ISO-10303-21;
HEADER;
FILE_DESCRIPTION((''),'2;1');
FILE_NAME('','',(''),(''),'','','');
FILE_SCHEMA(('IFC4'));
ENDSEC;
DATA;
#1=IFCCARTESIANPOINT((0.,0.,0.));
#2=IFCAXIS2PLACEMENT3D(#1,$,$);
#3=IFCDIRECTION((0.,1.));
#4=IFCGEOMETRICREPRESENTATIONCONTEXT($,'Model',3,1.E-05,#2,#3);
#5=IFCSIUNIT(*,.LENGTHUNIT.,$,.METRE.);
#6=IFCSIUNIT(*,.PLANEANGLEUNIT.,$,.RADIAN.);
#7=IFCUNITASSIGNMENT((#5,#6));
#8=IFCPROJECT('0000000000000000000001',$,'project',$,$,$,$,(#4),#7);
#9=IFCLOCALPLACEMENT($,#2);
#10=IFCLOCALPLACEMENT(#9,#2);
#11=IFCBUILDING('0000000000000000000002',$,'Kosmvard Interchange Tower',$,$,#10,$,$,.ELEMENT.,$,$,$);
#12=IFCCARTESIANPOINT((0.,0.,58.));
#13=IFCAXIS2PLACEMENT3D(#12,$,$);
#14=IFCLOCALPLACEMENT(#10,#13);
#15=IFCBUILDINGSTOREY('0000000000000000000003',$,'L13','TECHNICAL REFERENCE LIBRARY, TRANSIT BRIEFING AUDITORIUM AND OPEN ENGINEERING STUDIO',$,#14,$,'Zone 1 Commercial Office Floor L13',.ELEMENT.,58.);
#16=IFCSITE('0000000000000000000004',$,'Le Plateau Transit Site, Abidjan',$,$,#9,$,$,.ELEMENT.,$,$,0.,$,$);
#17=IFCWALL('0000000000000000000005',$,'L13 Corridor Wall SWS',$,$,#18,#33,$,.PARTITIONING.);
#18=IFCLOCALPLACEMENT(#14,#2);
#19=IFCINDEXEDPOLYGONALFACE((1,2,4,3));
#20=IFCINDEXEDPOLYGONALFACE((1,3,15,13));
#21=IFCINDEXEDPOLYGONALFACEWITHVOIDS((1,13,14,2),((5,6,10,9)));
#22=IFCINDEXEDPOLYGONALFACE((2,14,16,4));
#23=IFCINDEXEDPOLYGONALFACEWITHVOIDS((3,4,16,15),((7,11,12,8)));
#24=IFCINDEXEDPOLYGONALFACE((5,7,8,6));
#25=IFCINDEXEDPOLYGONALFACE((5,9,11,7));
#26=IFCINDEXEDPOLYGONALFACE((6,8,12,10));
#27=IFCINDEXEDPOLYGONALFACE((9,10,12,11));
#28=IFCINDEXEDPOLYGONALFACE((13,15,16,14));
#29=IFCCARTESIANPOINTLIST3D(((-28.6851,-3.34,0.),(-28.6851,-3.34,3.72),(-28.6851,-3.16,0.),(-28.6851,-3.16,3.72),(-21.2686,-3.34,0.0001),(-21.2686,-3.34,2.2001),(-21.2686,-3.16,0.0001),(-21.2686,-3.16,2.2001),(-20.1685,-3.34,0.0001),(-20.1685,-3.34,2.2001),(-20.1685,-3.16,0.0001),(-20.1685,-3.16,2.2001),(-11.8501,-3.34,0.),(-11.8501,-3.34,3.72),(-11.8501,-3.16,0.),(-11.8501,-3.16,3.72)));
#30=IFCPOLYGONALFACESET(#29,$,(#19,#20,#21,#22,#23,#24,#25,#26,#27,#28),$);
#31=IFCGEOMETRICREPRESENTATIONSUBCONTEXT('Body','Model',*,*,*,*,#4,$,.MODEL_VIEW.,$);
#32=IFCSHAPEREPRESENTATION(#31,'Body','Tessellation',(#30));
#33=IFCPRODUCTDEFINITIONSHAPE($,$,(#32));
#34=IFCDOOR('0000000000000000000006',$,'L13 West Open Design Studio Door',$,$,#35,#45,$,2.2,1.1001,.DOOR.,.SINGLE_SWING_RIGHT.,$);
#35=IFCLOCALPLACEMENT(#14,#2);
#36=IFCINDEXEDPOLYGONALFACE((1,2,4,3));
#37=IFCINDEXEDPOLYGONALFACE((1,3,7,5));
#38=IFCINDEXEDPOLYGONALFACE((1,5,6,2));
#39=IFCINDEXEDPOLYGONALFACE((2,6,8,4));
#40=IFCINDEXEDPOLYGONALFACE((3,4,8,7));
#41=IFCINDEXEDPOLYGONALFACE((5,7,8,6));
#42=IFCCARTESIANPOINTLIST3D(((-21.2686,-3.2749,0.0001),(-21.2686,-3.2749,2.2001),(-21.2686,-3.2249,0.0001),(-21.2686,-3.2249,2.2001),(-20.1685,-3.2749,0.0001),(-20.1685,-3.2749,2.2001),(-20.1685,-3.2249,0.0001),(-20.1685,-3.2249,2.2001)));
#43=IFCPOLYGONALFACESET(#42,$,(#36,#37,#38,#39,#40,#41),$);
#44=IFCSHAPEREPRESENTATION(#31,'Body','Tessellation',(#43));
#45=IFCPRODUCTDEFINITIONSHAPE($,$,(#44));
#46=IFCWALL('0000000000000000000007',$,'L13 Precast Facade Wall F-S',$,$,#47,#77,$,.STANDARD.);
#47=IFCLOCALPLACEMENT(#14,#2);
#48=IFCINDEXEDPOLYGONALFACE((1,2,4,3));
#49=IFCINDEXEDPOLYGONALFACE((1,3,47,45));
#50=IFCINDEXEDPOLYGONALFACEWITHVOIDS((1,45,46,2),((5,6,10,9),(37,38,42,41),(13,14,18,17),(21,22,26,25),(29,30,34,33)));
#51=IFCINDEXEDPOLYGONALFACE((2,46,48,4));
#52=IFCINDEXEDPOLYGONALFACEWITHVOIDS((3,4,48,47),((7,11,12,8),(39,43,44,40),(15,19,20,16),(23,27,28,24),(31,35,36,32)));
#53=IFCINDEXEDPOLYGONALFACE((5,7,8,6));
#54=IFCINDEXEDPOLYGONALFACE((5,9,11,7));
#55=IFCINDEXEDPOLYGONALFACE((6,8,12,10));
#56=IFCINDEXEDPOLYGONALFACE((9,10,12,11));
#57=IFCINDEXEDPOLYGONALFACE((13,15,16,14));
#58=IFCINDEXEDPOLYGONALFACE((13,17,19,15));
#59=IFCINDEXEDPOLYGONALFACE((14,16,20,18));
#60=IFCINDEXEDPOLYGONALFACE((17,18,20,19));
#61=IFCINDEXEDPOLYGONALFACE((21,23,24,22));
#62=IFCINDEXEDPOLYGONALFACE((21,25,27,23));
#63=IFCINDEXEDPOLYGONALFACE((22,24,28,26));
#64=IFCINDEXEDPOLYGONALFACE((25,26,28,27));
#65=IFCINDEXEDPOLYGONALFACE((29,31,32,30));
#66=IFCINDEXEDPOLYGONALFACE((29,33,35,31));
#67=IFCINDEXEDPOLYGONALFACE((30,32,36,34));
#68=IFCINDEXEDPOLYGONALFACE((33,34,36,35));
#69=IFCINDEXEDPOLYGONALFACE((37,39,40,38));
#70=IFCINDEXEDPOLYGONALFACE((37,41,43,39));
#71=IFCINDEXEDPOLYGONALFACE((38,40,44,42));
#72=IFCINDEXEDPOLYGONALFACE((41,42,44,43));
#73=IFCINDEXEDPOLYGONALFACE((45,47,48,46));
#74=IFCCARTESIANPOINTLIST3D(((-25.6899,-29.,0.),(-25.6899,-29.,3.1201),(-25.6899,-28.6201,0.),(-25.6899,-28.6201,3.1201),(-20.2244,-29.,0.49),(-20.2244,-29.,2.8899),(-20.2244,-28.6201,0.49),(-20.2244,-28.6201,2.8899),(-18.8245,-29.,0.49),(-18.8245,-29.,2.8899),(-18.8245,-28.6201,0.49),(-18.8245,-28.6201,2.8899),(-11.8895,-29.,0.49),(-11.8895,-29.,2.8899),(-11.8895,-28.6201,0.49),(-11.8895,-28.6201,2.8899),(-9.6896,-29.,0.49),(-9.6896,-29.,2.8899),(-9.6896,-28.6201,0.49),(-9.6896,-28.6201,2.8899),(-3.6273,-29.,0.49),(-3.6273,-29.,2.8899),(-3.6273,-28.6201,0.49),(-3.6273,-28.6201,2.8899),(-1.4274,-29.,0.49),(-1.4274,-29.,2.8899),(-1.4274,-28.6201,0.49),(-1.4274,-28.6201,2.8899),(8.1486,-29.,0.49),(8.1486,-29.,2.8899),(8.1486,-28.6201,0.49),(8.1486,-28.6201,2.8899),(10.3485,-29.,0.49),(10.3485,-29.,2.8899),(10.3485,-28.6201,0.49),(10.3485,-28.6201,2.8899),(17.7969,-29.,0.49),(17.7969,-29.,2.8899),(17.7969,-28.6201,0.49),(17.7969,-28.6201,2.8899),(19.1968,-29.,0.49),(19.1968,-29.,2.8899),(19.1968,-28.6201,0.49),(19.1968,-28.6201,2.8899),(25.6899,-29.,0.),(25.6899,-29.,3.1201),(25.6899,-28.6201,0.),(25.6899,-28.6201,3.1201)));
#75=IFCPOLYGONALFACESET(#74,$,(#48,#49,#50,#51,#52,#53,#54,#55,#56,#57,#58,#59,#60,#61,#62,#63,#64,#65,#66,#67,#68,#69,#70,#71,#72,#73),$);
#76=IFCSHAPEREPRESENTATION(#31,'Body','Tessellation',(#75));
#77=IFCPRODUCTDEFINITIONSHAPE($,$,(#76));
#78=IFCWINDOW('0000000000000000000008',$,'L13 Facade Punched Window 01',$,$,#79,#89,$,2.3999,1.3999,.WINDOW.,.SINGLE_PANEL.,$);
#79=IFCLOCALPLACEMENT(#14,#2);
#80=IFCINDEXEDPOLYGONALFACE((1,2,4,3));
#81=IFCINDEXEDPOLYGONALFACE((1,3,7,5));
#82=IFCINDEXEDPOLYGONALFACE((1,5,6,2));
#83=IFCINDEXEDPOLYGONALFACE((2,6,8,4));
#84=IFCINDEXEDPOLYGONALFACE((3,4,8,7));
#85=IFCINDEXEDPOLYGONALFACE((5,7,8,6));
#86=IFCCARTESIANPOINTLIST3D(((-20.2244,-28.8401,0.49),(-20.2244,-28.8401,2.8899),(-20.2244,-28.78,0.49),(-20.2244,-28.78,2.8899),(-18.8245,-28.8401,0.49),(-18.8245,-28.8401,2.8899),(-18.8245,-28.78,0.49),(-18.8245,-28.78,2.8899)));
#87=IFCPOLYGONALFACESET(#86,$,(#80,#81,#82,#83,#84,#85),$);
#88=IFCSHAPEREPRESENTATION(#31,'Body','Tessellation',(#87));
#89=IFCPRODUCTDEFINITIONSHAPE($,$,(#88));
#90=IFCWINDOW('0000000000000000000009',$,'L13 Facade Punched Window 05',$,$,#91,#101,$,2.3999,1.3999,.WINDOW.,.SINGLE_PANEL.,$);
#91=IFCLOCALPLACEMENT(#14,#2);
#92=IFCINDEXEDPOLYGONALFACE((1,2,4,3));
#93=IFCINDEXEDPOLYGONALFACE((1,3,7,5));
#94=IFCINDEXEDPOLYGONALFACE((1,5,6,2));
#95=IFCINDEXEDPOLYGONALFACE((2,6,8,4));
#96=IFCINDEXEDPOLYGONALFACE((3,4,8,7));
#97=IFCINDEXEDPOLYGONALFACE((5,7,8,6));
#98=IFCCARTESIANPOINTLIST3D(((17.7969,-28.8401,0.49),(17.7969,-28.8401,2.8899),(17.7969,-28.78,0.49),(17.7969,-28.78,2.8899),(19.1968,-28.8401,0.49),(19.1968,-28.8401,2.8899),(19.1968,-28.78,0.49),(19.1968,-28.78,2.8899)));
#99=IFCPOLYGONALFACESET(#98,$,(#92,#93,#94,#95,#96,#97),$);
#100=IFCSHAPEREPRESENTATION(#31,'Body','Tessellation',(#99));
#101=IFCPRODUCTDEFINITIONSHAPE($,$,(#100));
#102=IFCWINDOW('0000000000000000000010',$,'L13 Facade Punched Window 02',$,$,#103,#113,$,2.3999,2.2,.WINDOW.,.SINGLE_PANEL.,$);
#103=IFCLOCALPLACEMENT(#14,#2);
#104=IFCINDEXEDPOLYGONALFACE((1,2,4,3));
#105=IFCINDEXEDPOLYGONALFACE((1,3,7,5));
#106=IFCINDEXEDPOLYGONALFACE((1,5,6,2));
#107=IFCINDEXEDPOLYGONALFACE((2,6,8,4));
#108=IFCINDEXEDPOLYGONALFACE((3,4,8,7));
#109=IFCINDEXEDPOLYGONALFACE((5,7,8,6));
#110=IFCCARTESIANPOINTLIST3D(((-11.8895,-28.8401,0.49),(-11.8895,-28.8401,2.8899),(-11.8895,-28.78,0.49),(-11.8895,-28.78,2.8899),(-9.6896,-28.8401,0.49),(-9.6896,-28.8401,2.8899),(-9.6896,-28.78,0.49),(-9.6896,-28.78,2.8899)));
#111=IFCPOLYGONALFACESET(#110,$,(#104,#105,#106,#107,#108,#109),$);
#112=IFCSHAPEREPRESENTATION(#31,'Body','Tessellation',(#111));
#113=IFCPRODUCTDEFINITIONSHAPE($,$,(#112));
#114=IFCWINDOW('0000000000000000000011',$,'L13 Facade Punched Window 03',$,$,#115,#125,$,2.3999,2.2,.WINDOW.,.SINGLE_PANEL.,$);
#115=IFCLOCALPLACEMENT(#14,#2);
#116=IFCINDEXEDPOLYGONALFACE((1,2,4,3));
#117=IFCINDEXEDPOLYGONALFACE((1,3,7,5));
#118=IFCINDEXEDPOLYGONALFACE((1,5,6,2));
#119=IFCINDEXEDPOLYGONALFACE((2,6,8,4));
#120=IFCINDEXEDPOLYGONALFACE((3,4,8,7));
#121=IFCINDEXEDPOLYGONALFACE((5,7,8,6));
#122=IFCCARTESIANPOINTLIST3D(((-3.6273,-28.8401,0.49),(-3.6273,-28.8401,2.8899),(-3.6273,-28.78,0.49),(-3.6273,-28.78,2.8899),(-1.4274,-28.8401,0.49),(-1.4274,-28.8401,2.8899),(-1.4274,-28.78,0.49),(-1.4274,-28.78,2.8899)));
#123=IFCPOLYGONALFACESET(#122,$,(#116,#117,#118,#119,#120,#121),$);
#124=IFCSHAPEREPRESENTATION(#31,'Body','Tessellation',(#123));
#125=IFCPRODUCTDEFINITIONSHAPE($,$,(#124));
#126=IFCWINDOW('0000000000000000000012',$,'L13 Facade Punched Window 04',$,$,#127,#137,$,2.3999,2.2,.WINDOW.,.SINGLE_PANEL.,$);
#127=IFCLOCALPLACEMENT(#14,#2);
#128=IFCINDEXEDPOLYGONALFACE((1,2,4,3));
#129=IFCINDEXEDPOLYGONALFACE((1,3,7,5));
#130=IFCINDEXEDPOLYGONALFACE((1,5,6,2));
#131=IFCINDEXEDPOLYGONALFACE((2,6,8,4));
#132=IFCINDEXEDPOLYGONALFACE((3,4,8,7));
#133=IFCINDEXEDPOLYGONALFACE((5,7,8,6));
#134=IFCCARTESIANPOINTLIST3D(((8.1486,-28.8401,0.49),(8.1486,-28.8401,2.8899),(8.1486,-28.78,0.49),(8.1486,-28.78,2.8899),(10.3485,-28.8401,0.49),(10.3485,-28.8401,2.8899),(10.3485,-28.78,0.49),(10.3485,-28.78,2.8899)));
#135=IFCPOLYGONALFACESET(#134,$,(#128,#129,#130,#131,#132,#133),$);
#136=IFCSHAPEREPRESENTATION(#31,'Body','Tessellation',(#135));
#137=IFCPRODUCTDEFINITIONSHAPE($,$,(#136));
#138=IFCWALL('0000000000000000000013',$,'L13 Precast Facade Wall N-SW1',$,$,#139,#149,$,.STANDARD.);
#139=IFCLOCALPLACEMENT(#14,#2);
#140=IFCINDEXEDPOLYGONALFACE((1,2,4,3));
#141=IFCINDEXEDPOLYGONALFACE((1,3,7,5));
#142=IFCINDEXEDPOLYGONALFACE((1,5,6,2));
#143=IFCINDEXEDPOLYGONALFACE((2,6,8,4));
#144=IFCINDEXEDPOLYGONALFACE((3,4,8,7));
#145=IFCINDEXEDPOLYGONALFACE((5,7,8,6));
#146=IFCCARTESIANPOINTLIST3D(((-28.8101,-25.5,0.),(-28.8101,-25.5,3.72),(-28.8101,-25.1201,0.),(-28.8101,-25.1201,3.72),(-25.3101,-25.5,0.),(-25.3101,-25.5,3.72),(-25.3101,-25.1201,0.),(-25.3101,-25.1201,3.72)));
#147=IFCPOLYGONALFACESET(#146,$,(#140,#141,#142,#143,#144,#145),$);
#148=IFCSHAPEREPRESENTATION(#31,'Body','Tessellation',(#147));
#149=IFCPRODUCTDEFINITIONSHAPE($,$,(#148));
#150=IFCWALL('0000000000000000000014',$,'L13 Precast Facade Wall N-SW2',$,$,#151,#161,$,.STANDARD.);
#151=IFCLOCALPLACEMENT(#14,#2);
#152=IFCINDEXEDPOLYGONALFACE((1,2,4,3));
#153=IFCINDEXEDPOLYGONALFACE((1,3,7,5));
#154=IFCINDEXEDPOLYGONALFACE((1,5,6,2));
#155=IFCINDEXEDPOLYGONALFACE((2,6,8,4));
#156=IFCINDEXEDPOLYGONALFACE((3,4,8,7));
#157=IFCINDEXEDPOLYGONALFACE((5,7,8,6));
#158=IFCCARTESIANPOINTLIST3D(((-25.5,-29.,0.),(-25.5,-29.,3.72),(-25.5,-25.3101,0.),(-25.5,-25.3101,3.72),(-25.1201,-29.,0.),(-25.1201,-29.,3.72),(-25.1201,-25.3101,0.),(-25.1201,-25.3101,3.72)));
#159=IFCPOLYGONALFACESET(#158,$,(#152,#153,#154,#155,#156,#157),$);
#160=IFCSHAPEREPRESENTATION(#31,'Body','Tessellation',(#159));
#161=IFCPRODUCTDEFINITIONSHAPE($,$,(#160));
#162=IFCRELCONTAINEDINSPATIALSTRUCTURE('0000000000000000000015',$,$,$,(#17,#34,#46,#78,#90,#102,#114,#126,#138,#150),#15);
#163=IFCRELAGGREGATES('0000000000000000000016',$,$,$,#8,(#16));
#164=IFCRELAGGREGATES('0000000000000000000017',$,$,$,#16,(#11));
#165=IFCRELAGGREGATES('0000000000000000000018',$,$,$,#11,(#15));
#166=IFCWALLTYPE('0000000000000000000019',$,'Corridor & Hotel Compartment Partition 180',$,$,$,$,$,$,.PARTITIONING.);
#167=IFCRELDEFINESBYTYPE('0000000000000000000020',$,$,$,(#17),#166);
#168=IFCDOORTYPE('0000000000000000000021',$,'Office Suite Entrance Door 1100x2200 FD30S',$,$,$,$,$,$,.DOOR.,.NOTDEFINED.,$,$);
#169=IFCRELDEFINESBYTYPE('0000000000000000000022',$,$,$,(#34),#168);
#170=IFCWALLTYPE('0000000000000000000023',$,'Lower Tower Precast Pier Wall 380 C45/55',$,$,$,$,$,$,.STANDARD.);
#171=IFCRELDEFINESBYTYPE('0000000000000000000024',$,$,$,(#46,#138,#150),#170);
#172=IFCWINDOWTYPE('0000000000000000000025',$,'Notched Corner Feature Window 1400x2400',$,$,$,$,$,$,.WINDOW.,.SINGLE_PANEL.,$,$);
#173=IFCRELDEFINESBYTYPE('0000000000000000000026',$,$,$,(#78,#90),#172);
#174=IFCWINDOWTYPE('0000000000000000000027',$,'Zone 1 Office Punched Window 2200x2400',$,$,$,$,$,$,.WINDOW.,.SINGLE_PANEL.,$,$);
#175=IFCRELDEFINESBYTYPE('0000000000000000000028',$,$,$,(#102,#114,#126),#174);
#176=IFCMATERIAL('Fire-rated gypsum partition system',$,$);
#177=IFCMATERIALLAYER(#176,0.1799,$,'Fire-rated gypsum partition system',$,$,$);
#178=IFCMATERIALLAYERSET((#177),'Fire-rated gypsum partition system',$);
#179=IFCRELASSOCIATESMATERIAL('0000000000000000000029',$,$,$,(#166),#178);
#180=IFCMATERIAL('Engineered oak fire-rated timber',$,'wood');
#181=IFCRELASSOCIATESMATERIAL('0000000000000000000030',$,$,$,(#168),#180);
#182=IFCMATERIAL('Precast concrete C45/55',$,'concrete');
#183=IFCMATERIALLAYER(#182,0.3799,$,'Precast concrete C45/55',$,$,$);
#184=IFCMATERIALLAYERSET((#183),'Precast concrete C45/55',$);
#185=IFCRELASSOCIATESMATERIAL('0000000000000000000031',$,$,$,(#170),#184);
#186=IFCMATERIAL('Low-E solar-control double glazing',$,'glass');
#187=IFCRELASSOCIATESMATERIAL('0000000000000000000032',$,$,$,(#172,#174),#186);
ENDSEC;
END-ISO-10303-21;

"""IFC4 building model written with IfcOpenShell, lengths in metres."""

from ifc_helpers import new_model, si_unit, direction, frame, frame_2d, origin, place, context, subcontext, project, spatial, rectangle, extrude, source, transform, mapped, material, layer, layer_set, type_object, element, fill, save


model = new_model("IFC4")

# Units and contexts
model_context = context("Model", 3, precision=1e-05, world=origin(), true_north=direction((0.0, 1.0)))
body_context = subcontext(model_context, "Body", "Model", "MODEL_VIEW")
ifc_project = project(units=[si_unit("LENGTHUNIT", "METRE"), si_unit("PLANEANGLEUNIT", "RADIAN")], contexts=[model_context])

# Site, building, storey
site_placement = place(None, origin())
site = spatial("IfcSite", under=ifc_project, at=site_placement, Name="Le Plateau Transit Site, Abidjan", CompositionType="ELEMENT", RefElevation=0.0)
building_placement = place(site_placement, origin())
building = spatial("IfcBuilding", under=site, at=building_placement, Name="Kosmvard Interchange Tower", CompositionType="ELEMENT")
storey_placement = place(building_placement, frame((0.0, 0.0, 58.0)))
storey = spatial("IfcBuildingStorey", under=building, at=storey_placement, Name="L13", Description="TECHNICAL REFERENCE LIBRARY, TRANSIT BRIEFING AUDITORIUM AND OPEN ENGINEERING STUDIO", LongName="Zone 1 Commercial Office Floor L13", CompositionType="ELEMENT", Elevation=58.0)

# Shared definitions
ifc_material_1 = material(Name="Precast concrete C45/55", Category="concrete")

# Wall, opening, door
ifc_material_2 = material(Name="Fire-rated gypsum partition system")
ifc_layer_1 = layer(ifc_material_2, 0.1799, Name="Fire-rated gypsum partition system")
ifc_layer_set_1 = layer_set([ifc_layer_1], Name="Fire-rated gypsum partition system")
wall_type_1 = type_object("IfcWallType", Name="Corridor & Hotel Compartment Partition 180", PredefinedType="PARTITIONING", material=ifc_layer_set_1)
wall_1_placement = place(storey_placement, frame((-28.6851, -3.25, 0.0), z_axis=(0.0, 0.0, 1.0), x_axis=(1.0, 0.0, 0.0)))
wall_1 = element("IfcWall", 1, at=wall_1_placement, inside=storey, type_object=wall_type_1, Name="L13 Corridor Wall SWS", PredefinedType="PARTITIONING", context=body_context, shape_type="SweptSolid", body=[
    extrude(rectangle(XDim=16.835, YDim=0.1799, at=frame_2d((8.4175, 0.0))), origin(), (0.0, 0.0, 1.0), 3.72),
])
opening_1_placement = place(wall_1_placement, frame((7.4165, 0.0, 0.0)))
opening_1 = element("IfcOpeningElement", 2, at=opening_1_placement, cuts=wall_1, PredefinedType="OPENING", context=body_context, shape_type="SweptSolid", body=[
    extrude(rectangle(XDim=1.1001, YDim=2.2, at=frame_2d((0.55, 1.1001))), frame((0.0, 0.1001, 0.0), z_axis=(0.0, -1.0, 0.0), x_axis=(1.0, 0.0, 0.0)), (0.0, 0.0, 1.0), 0.2),
])
ifc_material_3 = material(Name="Engineered oak fire-rated timber", Category="wood")
door_type = type_object("IfcDoorType", Name="Office Suite Entrance Door 1100x2200 FD30S", OperationType="NOTDEFINED", PredefinedType="DOOR", material=ifc_material_3)
shared_shape_1 = source(origin(), body_context, "Body", "SweptSolid", [
    extrude(rectangle(XDim=1.1001, YDim=2.2, at=frame_2d((0.55, 1.1001))), frame((0.0, 0.0249, 0.0), z_axis=(0.0, -1.0, 0.0), x_axis=(1.0, 0.0, 0.0)), (0.0, 0.0, 1.0), 0.05),
])
door_placement = place(opening_1_placement, frame((1.1001, 0.0, 0.0), z_axis=(0.0, 0.0, 1.0), x_axis=(-1.0, 0.0, 0.0)))
door = element("IfcDoor", 3, at=door_placement, inside=storey, type_object=door_type, Name="L13 West Open Design Studio Door", OperationType="SINGLE_SWING_RIGHT", OverallHeight=2.2, OverallWidth=1.1001, PredefinedType="DOOR", context=body_context, shape_type="MappedRepresentation", body=[
    mapped(shared_shape_1, transform((0.0, 0.0, 0.0), scale=1.0)),
])
fill(opening_1, door)

# Wall, openings, windows
ifc_layer_2 = layer(ifc_material_1, 0.3799, Name="Precast concrete C45/55")
ifc_layer_set_2 = layer_set([ifc_layer_2], Name="Precast concrete C45/55")
wall_type_2 = type_object("IfcWallType", Name="Lower Tower Precast Pier Wall 380 C45/55", PredefinedType="STANDARD", material=ifc_layer_set_2)
wall_2_placement = place(storey_placement, frame((-25.6899, -28.8101, 0.0), z_axis=(0.0, 0.0, 1.0), x_axis=(1.0, 0.0, 0.0)))
wall_2 = element("IfcWall", 4, at=wall_2_placement, inside=storey, type_object=wall_type_2, Name="L13 Precast Facade Wall F-S", PredefinedType="STANDARD", context=body_context, shape_type="SweptSolid", body=[
    extrude(rectangle(XDim=51.3799, YDim=0.3799, at=frame_2d((25.6899, 0.0))), origin(), (0.0, 0.0, 1.0), 3.1201),
])
opening_2_placement = place(wall_2_placement, frame((5.4656, 0.0, 0.49)))
opening_2 = element("IfcOpeningElement", 5, at=opening_2_placement, cuts=wall_2, PredefinedType="OPENING", context=body_context, shape_type="SweptSolid", body=[
    extrude(rectangle(XDim=1.3999, YDim=2.3999, at=frame_2d((0.7, 1.2))), frame((0.0, 0.2, 0.0), z_axis=(0.0, -1.0, 0.0), x_axis=(1.0, 0.0, 0.0)), (0.0, 0.0, 1.0), 0.3999),
])
opening_3_placement = place(wall_2_placement, frame((13.8003, 0.0, 0.49)))
opening_3 = element("IfcOpeningElement", 6, at=opening_3_placement, cuts=wall_2, PredefinedType="OPENING", context=body_context, shape_type="SweptSolid", body=[
    extrude(rectangle(XDim=2.2, YDim=2.3999, at=frame_2d((1.1001, 1.2))), frame((0.0, 0.2, 0.0), z_axis=(0.0, -1.0, 0.0), x_axis=(1.0, 0.0, 0.0)), (0.0, 0.0, 1.0), 0.3999),
])
opening_4_placement = place(wall_2_placement, frame((22.0625, 0.0, 0.49)))
opening_4 = element("IfcOpeningElement", 7, at=opening_4_placement, cuts=wall_2, PredefinedType="OPENING", context=body_context, shape_type="SweptSolid", body=[
    extrude(rectangle(XDim=2.2, YDim=2.3999, at=frame_2d((1.1001, 1.2))), frame((0.0, 0.2, 0.0), z_axis=(0.0, -1.0, 0.0), x_axis=(1.0, 0.0, 0.0)), (0.0, 0.0, 1.0), 0.3999),
])
opening_5_placement = place(wall_2_placement, frame((33.8384, 0.0, 0.49)))
opening_5 = element("IfcOpeningElement", 8, at=opening_5_placement, cuts=wall_2, PredefinedType="OPENING", context=body_context, shape_type="SweptSolid", body=[
    extrude(rectangle(XDim=2.2, YDim=2.3999, at=frame_2d((1.1001, 1.2))), frame((0.0, 0.2, 0.0), z_axis=(0.0, -1.0, 0.0), x_axis=(1.0, 0.0, 0.0)), (0.0, 0.0, 1.0), 0.3999),
])
opening_6_placement = place(wall_2_placement, frame((43.4868, 0.0, 0.49)))
opening_6 = element("IfcOpeningElement", 9, at=opening_6_placement, cuts=wall_2, PredefinedType="OPENING", context=body_context, shape_type="SweptSolid", body=[
    extrude(rectangle(XDim=1.3999, YDim=2.3999, at=frame_2d((0.7, 1.2))), frame((0.0, 0.2, 0.0), z_axis=(0.0, -1.0, 0.0), x_axis=(1.0, 0.0, 0.0)), (0.0, 0.0, 1.0), 0.3999),
])
ifc_material_4 = material(Name="Low-E solar-control double glazing", Category="glass")
window_type_1 = type_object("IfcWindowType", Name="Notched Corner Feature Window 1400x2400", PartitioningType="SINGLE_PANEL", PredefinedType="WINDOW", material=ifc_material_4)
shared_shape_2 = source(origin(), body_context, "Body", "SweptSolid", [
    extrude(rectangle(XDim=1.3999, YDim=2.3999, at=frame_2d((0.7, 1.2))), frame((0.0, 0.03, 0.0), z_axis=(0.0, -1.0, 0.0), x_axis=(1.0, 0.0, 0.0)), (0.0, 0.0, 1.0), 0.0601),
])
window_1_placement = place(opening_2_placement, origin())
window_1 = element("IfcWindow", 10, at=window_1_placement, inside=storey, type_object=window_type_1, Name="L13 Facade Punched Window 01", OverallHeight=2.3999, OverallWidth=1.3999, PartitioningType="SINGLE_PANEL", PredefinedType="WINDOW", context=body_context, shape_type="MappedRepresentation", body=[
    mapped(shared_shape_2, transform((0.0, 0.0, 0.0), scale=1.0)),
])
fill(opening_2, window_1)
window_2_placement = place(opening_6_placement, origin())
window_2 = element("IfcWindow", 11, at=window_2_placement, inside=storey, type_object=window_type_1, Name="L13 Facade Punched Window 05", OverallHeight=2.3999, OverallWidth=1.3999, PartitioningType="SINGLE_PANEL", PredefinedType="WINDOW", context=body_context, shape_type="MappedRepresentation", body=[
    mapped(shared_shape_2, transform((0.0, 0.0, 0.0), scale=1.0)),
])
fill(opening_6, window_2)
window_type_2 = type_object("IfcWindowType", Name="Zone 1 Office Punched Window 2200x2400", PartitioningType="SINGLE_PANEL", PredefinedType="WINDOW", material=ifc_material_4)
shared_shape_3 = source(origin(), body_context, "Body", "SweptSolid", [
    extrude(rectangle(XDim=2.2, YDim=2.3999, at=frame_2d((1.1001, 1.2))), frame((0.0, 0.03, 0.0), z_axis=(0.0, -1.0, 0.0), x_axis=(1.0, 0.0, 0.0)), (0.0, 0.0, 1.0), 0.0601),
])
window_3_placement = place(opening_3_placement, origin())
window_3 = element("IfcWindow", 12, at=window_3_placement, inside=storey, type_object=window_type_2, Name="L13 Facade Punched Window 02", OverallHeight=2.3999, OverallWidth=2.2, PartitioningType="SINGLE_PANEL", PredefinedType="WINDOW", context=body_context, shape_type="MappedRepresentation", body=[
    mapped(shared_shape_3, transform((0.0, 0.0, 0.0), scale=1.0)),
])
fill(opening_3, window_3)
window_4_placement = place(opening_4_placement, origin())
window_4 = element("IfcWindow", 13, at=window_4_placement, inside=storey, type_object=window_type_2, Name="L13 Facade Punched Window 03", OverallHeight=2.3999, OverallWidth=2.2, PartitioningType="SINGLE_PANEL", PredefinedType="WINDOW", context=body_context, shape_type="MappedRepresentation", body=[
    mapped(shared_shape_3, transform((0.0, 0.0, 0.0), scale=1.0)),
])
fill(opening_4, window_4)
window_5_placement = place(opening_5_placement, origin())
window_5 = element("IfcWindow", 14, at=window_5_placement, inside=storey, type_object=window_type_2, Name="L13 Facade Punched Window 04", OverallHeight=2.3999, OverallWidth=2.2, PartitioningType="SINGLE_PANEL", PredefinedType="WINDOW", context=body_context, shape_type="MappedRepresentation", body=[
    mapped(shared_shape_3, transform((0.0, 0.0, 0.0), scale=1.0)),
])
fill(opening_5, window_5)

# Walls
wall_3_placement = place(storey_placement, frame((-28.8101, -25.3101, 0.0), z_axis=(0.0, 0.0, 1.0), x_axis=(1.0, 0.0, 0.0)))
element("IfcWall", 15, at=wall_3_placement, inside=storey, type_object=wall_type_2, Name="L13 Precast Facade Wall N-SW1", PredefinedType="STANDARD", context=body_context, shape_type="SweptSolid", body=[
    extrude(rectangle(XDim=3.5, YDim=0.3799, at=frame_2d((1.75, 0.0))), origin(), (0.0, 0.0, 1.0), 3.72),
])
wall_4_placement = place(storey_placement, frame((-25.3101, -25.3101, 0.0), z_axis=(0.0, 0.0, 1.0), x_axis=(0.0, -1.0, 0.0)))
element("IfcWall", 16, at=wall_4_placement, inside=storey, type_object=wall_type_2, Name="L13 Precast Facade Wall N-SW2", PredefinedType="STANDARD", context=body_context, shape_type="SweptSolid", body=[
    extrude(rectangle(XDim=3.6899, YDim=0.3799, at=frame_2d((1.845, 0.0))), origin(), (0.0, 0.0, 1.0), 3.72),
])

save(model, "model.ifc")
